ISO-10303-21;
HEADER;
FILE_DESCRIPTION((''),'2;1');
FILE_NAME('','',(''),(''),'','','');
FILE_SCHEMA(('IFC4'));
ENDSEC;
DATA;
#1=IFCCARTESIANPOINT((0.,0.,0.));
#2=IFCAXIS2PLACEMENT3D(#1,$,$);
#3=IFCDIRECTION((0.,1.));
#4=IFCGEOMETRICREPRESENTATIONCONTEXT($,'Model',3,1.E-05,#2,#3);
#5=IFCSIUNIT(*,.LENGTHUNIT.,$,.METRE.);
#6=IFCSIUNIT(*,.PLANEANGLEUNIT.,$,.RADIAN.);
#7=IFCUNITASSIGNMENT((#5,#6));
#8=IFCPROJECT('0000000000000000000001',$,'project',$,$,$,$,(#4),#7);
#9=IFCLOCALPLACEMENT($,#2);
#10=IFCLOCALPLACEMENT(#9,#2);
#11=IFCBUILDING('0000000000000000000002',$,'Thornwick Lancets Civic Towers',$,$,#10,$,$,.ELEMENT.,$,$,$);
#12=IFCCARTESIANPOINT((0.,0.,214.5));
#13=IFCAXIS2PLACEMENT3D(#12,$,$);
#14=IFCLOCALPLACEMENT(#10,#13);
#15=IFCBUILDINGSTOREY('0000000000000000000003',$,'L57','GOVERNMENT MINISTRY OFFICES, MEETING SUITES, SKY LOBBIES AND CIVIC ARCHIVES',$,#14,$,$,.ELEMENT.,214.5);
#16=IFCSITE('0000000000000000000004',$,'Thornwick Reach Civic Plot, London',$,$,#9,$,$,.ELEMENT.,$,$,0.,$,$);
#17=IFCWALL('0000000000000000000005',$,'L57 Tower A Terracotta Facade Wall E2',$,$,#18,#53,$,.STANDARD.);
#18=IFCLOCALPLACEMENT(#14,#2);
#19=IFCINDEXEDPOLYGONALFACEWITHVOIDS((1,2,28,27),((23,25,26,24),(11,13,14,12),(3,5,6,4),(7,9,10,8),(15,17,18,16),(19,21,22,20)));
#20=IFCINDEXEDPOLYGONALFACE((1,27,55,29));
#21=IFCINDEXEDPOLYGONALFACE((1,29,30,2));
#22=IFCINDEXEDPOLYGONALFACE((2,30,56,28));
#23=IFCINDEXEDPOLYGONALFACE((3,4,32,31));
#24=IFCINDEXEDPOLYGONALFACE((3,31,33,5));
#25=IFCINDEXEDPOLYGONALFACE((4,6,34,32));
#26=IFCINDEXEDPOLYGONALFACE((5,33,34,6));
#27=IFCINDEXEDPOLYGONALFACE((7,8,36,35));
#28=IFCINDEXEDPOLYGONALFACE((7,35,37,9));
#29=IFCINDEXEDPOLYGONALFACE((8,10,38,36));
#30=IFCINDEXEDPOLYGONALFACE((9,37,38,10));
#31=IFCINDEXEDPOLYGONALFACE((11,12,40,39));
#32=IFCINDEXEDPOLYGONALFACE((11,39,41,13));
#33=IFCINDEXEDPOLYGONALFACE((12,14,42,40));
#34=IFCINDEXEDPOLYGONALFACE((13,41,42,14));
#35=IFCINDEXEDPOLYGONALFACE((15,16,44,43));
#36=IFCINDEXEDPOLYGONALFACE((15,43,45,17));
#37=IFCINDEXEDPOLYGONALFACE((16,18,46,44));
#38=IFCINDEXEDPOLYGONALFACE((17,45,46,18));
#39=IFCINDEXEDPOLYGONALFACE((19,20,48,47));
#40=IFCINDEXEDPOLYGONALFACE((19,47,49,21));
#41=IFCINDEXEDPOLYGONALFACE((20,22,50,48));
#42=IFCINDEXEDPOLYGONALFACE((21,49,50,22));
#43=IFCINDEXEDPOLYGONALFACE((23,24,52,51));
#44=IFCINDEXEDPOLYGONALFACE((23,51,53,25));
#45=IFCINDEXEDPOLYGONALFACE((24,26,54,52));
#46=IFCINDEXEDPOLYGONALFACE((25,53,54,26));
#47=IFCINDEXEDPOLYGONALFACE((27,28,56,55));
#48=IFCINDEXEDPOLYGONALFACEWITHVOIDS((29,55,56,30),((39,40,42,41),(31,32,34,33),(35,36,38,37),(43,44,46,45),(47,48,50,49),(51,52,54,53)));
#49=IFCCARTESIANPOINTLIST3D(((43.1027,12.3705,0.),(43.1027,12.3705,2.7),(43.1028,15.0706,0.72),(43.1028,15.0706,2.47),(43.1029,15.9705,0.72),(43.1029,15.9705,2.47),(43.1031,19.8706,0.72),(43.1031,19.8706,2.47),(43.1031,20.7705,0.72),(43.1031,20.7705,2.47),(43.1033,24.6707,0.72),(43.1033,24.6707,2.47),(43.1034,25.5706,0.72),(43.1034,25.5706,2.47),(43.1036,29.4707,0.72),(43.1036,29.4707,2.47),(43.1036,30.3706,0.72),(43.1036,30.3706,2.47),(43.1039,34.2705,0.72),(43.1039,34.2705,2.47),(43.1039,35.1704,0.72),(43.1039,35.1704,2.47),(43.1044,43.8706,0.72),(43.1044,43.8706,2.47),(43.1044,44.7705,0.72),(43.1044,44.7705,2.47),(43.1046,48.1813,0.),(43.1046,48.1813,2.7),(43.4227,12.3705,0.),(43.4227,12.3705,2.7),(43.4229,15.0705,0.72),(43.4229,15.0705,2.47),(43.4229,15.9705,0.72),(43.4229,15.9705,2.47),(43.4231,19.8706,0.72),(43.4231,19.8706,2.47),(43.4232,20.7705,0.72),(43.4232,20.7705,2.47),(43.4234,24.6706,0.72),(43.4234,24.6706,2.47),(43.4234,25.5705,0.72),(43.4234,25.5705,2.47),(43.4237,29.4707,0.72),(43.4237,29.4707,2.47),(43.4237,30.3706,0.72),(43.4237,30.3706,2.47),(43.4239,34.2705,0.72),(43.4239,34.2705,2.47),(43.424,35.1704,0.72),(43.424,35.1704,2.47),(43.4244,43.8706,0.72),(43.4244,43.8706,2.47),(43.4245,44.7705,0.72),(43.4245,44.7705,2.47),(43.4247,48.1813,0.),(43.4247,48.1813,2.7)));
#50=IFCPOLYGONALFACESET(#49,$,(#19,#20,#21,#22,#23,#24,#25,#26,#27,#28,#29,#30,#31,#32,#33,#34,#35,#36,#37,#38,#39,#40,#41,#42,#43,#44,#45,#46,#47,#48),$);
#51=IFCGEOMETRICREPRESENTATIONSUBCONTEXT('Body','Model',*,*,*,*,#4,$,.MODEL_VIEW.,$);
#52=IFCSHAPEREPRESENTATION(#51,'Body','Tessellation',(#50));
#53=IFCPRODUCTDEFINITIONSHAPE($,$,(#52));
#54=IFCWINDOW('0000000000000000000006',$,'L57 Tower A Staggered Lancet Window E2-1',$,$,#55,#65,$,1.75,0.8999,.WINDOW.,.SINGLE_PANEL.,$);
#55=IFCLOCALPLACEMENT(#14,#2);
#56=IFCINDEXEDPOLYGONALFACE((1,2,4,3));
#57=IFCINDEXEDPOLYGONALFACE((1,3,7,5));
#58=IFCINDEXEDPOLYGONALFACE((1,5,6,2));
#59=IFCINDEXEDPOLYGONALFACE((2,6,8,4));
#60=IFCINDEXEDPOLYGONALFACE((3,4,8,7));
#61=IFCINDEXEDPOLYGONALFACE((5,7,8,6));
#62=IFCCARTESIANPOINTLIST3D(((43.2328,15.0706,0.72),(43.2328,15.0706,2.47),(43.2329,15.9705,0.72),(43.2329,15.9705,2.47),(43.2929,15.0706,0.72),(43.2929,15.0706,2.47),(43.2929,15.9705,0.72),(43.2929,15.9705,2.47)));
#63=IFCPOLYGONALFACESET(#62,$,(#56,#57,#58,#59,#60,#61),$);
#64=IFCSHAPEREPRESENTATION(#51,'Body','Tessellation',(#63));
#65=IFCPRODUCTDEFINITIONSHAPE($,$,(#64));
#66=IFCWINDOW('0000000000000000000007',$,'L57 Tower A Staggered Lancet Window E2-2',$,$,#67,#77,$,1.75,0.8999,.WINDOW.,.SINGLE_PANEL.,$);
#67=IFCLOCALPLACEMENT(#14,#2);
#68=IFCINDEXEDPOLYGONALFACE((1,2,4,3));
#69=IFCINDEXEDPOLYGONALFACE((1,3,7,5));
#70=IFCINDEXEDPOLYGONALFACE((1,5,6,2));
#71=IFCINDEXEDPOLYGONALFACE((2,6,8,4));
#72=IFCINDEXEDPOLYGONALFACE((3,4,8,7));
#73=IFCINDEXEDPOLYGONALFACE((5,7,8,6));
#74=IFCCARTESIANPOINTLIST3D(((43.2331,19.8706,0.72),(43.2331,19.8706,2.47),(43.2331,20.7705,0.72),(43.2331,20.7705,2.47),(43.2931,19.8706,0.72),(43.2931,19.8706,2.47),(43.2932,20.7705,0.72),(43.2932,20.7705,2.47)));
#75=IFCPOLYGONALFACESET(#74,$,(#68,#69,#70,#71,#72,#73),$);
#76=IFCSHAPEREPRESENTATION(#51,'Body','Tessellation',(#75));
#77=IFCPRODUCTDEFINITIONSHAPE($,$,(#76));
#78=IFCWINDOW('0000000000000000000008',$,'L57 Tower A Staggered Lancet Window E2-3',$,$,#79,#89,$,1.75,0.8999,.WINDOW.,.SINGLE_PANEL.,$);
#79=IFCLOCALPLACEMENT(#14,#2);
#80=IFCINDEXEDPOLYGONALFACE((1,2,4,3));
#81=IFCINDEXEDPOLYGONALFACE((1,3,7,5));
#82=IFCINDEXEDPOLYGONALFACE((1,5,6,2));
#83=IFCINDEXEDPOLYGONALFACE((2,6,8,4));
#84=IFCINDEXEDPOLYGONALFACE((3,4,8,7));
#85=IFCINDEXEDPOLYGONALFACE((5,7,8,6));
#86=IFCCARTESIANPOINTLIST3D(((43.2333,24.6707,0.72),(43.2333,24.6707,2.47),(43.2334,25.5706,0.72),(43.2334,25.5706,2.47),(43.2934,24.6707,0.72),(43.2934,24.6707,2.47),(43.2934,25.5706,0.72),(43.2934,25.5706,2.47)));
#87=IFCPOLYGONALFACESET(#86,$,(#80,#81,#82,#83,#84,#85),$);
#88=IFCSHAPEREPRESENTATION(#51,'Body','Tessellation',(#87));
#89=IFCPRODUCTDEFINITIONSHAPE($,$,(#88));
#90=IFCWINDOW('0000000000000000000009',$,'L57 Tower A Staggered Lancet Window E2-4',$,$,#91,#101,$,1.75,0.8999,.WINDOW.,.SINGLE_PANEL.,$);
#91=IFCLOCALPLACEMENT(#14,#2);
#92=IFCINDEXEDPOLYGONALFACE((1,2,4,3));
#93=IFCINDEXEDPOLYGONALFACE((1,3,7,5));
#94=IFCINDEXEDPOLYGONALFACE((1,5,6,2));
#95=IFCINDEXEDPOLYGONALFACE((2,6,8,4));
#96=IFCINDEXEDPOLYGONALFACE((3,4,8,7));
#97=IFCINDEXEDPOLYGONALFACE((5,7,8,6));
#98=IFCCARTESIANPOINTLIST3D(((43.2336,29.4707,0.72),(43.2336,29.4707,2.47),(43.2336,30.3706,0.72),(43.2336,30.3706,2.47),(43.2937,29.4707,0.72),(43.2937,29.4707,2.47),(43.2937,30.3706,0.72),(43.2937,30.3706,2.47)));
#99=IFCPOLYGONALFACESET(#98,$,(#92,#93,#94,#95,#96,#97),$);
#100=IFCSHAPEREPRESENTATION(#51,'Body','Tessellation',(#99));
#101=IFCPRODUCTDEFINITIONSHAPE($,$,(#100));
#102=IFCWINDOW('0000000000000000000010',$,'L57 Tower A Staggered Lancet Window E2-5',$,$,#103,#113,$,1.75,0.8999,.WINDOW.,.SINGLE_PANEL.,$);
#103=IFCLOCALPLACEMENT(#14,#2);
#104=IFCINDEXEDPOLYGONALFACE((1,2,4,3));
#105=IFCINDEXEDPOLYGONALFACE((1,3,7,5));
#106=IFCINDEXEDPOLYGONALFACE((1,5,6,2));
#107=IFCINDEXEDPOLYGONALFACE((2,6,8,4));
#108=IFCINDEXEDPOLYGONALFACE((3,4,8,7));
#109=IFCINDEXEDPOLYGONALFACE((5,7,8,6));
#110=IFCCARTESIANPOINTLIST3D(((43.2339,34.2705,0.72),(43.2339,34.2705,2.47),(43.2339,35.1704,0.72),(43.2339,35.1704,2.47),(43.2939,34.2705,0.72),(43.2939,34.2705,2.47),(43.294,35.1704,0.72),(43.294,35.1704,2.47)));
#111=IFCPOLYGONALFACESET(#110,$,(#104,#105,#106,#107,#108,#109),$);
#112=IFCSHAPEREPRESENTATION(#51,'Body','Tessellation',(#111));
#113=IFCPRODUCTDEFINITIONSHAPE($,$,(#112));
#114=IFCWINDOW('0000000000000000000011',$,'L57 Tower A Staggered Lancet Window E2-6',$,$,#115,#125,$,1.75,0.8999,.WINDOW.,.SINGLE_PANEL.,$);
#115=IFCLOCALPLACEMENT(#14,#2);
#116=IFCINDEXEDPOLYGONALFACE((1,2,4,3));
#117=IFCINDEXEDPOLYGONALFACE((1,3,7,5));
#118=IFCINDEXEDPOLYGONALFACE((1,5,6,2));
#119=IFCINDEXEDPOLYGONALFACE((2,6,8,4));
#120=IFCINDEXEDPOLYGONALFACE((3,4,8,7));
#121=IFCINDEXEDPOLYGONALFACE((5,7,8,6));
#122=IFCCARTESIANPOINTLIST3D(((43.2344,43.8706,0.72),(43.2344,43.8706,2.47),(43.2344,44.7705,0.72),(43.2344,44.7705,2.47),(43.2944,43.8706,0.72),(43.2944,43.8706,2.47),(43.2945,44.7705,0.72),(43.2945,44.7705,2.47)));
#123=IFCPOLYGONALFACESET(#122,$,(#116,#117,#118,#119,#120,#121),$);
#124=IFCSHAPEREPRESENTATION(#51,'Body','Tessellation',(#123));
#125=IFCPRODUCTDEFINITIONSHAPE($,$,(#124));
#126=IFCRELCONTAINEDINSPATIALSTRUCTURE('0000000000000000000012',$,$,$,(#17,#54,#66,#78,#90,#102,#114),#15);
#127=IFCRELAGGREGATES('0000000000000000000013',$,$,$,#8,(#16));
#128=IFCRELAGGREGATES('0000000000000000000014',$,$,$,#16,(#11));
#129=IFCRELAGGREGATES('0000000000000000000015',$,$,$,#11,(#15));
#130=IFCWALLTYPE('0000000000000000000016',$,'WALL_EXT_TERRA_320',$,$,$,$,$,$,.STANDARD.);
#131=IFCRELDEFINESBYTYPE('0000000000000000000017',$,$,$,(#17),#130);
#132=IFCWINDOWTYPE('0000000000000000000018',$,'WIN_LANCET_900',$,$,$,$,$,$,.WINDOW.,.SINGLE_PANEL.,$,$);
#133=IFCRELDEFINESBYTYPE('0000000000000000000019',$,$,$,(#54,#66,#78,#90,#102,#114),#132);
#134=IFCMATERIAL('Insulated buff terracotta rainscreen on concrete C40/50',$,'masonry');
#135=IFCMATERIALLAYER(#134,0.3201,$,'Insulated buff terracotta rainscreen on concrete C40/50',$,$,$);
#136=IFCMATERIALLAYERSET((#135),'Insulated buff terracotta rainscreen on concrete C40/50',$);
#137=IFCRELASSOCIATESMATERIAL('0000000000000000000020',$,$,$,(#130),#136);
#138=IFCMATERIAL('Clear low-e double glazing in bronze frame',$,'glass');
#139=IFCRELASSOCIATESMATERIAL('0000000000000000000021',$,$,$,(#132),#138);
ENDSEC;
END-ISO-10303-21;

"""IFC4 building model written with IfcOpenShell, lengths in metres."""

from ifc_helpers import new_model, si_unit, direction, frame, frame_2d, origin, place, context, subcontext, project, spatial, rectangle, extrude, material, layer, layer_set, type_object, element, fill, save


model = new_model("IFC4")

# Units and contexts
model_context = context("Model", 3, precision=1e-05, world=origin(), true_north=direction((0.0, 1.0)))
body_context = subcontext(model_context, "Body", "Model", "MODEL_VIEW")
ifc_project = project(units=[si_unit("LENGTHUNIT", "METRE"), si_unit("PLANEANGLEUNIT", "RADIAN")], contexts=[model_context])

# Site, building, storey
site_placement = place(None, origin())
site = spatial("IfcSite", under=ifc_project, at=site_placement, Name="Thornwick Reach Civic Plot, London", CompositionType="ELEMENT", RefElevation=0.0)
building_placement = place(site_placement, origin())
building = spatial("IfcBuilding", under=site, at=building_placement, Name="Thornwick Lancets Civic Towers", CompositionType="ELEMENT")
storey_placement = place(building_placement, frame((0.0, 0.0, 214.5)))
storey = spatial("IfcBuildingStorey", under=building, at=storey_placement, Name="L57", Description="GOVERNMENT MINISTRY OFFICES, MEETING SUITES, SKY LOBBIES AND CIVIC ARCHIVES", CompositionType="ELEMENT", Elevation=214.5)

# Wall, openings, windows
ifc_material_1 = material(Name="Insulated buff terracotta rainscreen on concrete C40/50", Category="masonry")
ifc_layer_1 = layer(ifc_material_1, 0.3201, Name="Insulated buff terracotta rainscreen on concrete C40/50")
ifc_layer_set_1 = layer_set([ifc_layer_1], Name="Insulated buff terracotta rainscreen on concrete C40/50")
wall_type_1 = type_object("IfcWallType", Name="WALL_EXT_TERRA_320", PredefinedType="STANDARD", material=ifc_layer_set_1)
wall_1_placement = place(storey_placement, frame((43.2627, 12.3706, 0.0), z_axis=(0.0, 0.0, 1.0), x_axis=(0.000055, 1.0, 0.0)))
wall_1 = element("IfcWall", 1, at=wall_1_placement, inside=storey, type_object=wall_type_1, Name="L57 Tower A Terracotta Facade Wall E2", PredefinedType="STANDARD", context=body_context, shape_type="SweptSolid", body=[
    extrude(rectangle(XDim=35.8108, YDim=0.3201, at=frame_2d((17.9053, 0.0))), origin(), (0.0, 0.0, 1.0), 2.7),
])
opening_1_placement = place(wall_1_placement, frame((2.7, 0.0, 0.72)))
opening_1 = element("IfcOpeningElement", 2, at=opening_1_placement, cuts=wall_1, PredefinedType="OPENING", context=body_context, shape_type="SweptSolid", body=[
    extrude(rectangle(XDim=0.8999, YDim=1.75, at=frame_2d((0.45, 0.875))), frame((0.0, 0.1699, 0.0), z_axis=(0.0, -1.0, 0.0), x_axis=(1.0, 0.0, 0.0)), (0.0, 0.0, 1.0), 0.3401),
])
opening_2_placement = place(wall_1_placement, frame((7.5, 0.0, 0.72)))
opening_2 = element("IfcOpeningElement", 3, at=opening_2_placement, cuts=wall_1, PredefinedType="OPENING", context=body_context, shape_type="SweptSolid", body=[
    extrude(rectangle(XDim=0.8999, YDim=1.75, at=frame_2d((0.45, 0.875))), frame((0.0, 0.1699, 0.0), z_axis=(0.0, -1.0, 0.0), x_axis=(1.0, 0.0, 0.0)), (0.0, 0.0, 1.0), 0.3401),
])
opening_3_placement = place(wall_1_placement, frame((12.3, 0.0, 0.72)))
opening_3 = element("IfcOpeningElement", 4, at=opening_3_placement, cuts=wall_1, PredefinedType="OPENING", context=body_context, shape_type="SweptSolid", body=[
    extrude(rectangle(XDim=0.8999, YDim=1.75, at=frame_2d((0.45, 0.875))), frame((0.0, 0.1699, 0.0), z_axis=(0.0, -1.0, 0.0), x_axis=(1.0, 0.0, 0.0)), (0.0, 0.0, 1.0), 0.3401),
])
opening_4_placement = place(wall_1_placement, frame((17.1001, 0.0, 0.72)))
opening_4 = element("IfcOpeningElement", 5, at=opening_4_placement, cuts=wall_1, PredefinedType="OPENING", context=body_context, shape_type="SweptSolid", body=[
    extrude(rectangle(XDim=0.8999, YDim=1.75, at=frame_2d((0.45, 0.875))), frame((0.0, 0.1699, 0.0), z_axis=(0.0, -1.0, 0.0), x_axis=(1.0, 0.0, 0.0)), (0.0, 0.0, 1.0), 0.3401),
])
opening_5_placement = place(wall_1_placement, frame((21.8999, 0.0, 0.72)))
opening_5 = element("IfcOpeningElement", 6, at=opening_5_placement, cuts=wall_1, PredefinedType="OPENING", context=body_context, shape_type="SweptSolid", body=[
    extrude(rectangle(XDim=0.8999, YDim=1.75, at=frame_2d((0.45, 0.875))), frame((0.0, 0.1699, 0.0), z_axis=(0.0, -1.0, 0.0), x_axis=(1.0, 0.0, 0.0)), (0.0, 0.0, 1.0), 0.3401),
])
opening_6_placement = place(wall_1_placement, frame((31.5, 0.0, 0.72)))
opening_6 = element("IfcOpeningElement", 7, at=opening_6_placement, cuts=wall_1, PredefinedType="OPENING", context=body_context, shape_type="SweptSolid", body=[
    extrude(rectangle(XDim=0.8999, YDim=1.75, at=frame_2d((0.45, 0.875))), frame((0.0, 0.1699, 0.0), z_axis=(0.0, -1.0, 0.0), x_axis=(1.0, 0.0, 0.0)), (0.0, 0.0, 1.0), 0.3401),
])
ifc_material_2 = material(Name="Clear low-e double glazing in bronze frame", Category="glass")
window_type = type_object("IfcWindowType", Name="WIN_LANCET_900", PartitioningType="SINGLE_PANEL", PredefinedType="WINDOW", material=ifc_material_2)
window_1_placement = place(opening_1_placement, origin())
window_1 = element("IfcWindow", 8, at=window_1_placement, inside=storey, type_object=window_type, Name="L57 Tower A Staggered Lancet Window E2-1", OverallHeight=1.75, OverallWidth=0.8999, PartitioningType="SINGLE_PANEL", PredefinedType="WINDOW", context=body_context, shape_type="SweptSolid", body=[
    extrude(rectangle(XDim=0.8999, YDim=1.75, at=frame_2d((0.45, 0.875))), frame((0.0, 0.03, 0.0), z_axis=(0.0, -1.0, 0.0), x_axis=(1.0, 0.0, 0.0)), (0.0, 0.0, 1.0), 0.0601),
])
fill(opening_1, window_1)
window_2_placement = place(opening_2_placement, origin())
window_2 = element("IfcWindow", 9, at=window_2_placement, inside=storey, type_object=window_type, Name="L57 Tower A Staggered Lancet Window E2-2", OverallHeight=1.75, OverallWidth=0.8999, PartitioningType="SINGLE_PANEL", PredefinedType="WINDOW", context=body_context, shape_type="SweptSolid", body=[
    extrude(rectangle(XDim=0.8999, YDim=1.75, at=frame_2d((0.45, 0.875))), frame((0.0, 0.03, 0.0), z_axis=(0.0, -1.0, 0.0), x_axis=(1.0, 0.0, 0.0)), (0.0, 0.0, 1.0), 0.0601),
])
fill(opening_2, window_2)
window_3_placement = place(opening_3_placement, origin())
window_3 = element("IfcWindow", 10, at=window_3_placement, inside=storey, type_object=window_type, Name="L57 Tower A Staggered Lancet Window E2-3", OverallHeight=1.75, OverallWidth=0.8999, PartitioningType="SINGLE_PANEL", PredefinedType="WINDOW", context=body_context, shape_type="SweptSolid", body=[
    extrude(rectangle(XDim=0.8999, YDim=1.75, at=frame_2d((0.45, 0.875))), frame((0.0, 0.03, 0.0), z_axis=(0.0, -1.0, 0.0), x_axis=(1.0, 0.0, 0.0)), (0.0, 0.0, 1.0), 0.0601),
])
fill(opening_3, window_3)
window_4_placement = place(opening_4_placement, origin())
window_4 = element("IfcWindow", 11, at=window_4_placement, inside=storey, type_object=window_type, Name="L57 Tower A Staggered Lancet Window E2-4", OverallHeight=1.75, OverallWidth=0.8999, PartitioningType="SINGLE_PANEL", PredefinedType="WINDOW", context=body_context, shape_type="SweptSolid", body=[
    extrude(rectangle(XDim=0.8999, YDim=1.75, at=frame_2d((0.45, 0.875))), frame((0.0, 0.03, 0.0), z_axis=(0.0, -1.0, 0.0), x_axis=(1.0, 0.0, 0.0)), (0.0, 0.0, 1.0), 0.0601),
])
fill(opening_4, window_4)
window_5_placement = place(opening_5_placement, origin())
window_5 = element("IfcWindow", 12, at=window_5_placement, inside=storey, type_object=window_type, Name="L57 Tower A Staggered Lancet Window E2-5", OverallHeight=1.75, OverallWidth=0.8999, PartitioningType="SINGLE_PANEL", PredefinedType="WINDOW", context=body_context, shape_type="SweptSolid", body=[
    extrude(rectangle(XDim=0.8999, YDim=1.75, at=frame_2d((0.45, 0.875))), frame((0.0, 0.03, 0.0), z_axis=(0.0, -1.0, 0.0), x_axis=(1.0, 0.0, 0.0)), (0.0, 0.0, 1.0), 0.0601),
])
fill(opening_5, window_5)
window_6_placement = place(opening_6_placement, origin())
window_6 = element("IfcWindow", 13, at=window_6_placement, inside=storey, type_object=window_type, Name="L57 Tower A Staggered Lancet Window E2-6", OverallHeight=1.75, OverallWidth=0.8999, PartitioningType="SINGLE_PANEL", PredefinedType="WINDOW", context=body_context, shape_type="SweptSolid", body=[
    extrude(rectangle(XDim=0.8999, YDim=1.75, at=frame_2d((0.45, 0.875))), frame((0.0, 0.03, 0.0), z_axis=(0.0, -1.0, 0.0), x_axis=(1.0, 0.0, 0.0)), (0.0, 0.0, 1.0), 0.0601),
])
fill(opening_6, window_6)

save(model, "model.ifc")
